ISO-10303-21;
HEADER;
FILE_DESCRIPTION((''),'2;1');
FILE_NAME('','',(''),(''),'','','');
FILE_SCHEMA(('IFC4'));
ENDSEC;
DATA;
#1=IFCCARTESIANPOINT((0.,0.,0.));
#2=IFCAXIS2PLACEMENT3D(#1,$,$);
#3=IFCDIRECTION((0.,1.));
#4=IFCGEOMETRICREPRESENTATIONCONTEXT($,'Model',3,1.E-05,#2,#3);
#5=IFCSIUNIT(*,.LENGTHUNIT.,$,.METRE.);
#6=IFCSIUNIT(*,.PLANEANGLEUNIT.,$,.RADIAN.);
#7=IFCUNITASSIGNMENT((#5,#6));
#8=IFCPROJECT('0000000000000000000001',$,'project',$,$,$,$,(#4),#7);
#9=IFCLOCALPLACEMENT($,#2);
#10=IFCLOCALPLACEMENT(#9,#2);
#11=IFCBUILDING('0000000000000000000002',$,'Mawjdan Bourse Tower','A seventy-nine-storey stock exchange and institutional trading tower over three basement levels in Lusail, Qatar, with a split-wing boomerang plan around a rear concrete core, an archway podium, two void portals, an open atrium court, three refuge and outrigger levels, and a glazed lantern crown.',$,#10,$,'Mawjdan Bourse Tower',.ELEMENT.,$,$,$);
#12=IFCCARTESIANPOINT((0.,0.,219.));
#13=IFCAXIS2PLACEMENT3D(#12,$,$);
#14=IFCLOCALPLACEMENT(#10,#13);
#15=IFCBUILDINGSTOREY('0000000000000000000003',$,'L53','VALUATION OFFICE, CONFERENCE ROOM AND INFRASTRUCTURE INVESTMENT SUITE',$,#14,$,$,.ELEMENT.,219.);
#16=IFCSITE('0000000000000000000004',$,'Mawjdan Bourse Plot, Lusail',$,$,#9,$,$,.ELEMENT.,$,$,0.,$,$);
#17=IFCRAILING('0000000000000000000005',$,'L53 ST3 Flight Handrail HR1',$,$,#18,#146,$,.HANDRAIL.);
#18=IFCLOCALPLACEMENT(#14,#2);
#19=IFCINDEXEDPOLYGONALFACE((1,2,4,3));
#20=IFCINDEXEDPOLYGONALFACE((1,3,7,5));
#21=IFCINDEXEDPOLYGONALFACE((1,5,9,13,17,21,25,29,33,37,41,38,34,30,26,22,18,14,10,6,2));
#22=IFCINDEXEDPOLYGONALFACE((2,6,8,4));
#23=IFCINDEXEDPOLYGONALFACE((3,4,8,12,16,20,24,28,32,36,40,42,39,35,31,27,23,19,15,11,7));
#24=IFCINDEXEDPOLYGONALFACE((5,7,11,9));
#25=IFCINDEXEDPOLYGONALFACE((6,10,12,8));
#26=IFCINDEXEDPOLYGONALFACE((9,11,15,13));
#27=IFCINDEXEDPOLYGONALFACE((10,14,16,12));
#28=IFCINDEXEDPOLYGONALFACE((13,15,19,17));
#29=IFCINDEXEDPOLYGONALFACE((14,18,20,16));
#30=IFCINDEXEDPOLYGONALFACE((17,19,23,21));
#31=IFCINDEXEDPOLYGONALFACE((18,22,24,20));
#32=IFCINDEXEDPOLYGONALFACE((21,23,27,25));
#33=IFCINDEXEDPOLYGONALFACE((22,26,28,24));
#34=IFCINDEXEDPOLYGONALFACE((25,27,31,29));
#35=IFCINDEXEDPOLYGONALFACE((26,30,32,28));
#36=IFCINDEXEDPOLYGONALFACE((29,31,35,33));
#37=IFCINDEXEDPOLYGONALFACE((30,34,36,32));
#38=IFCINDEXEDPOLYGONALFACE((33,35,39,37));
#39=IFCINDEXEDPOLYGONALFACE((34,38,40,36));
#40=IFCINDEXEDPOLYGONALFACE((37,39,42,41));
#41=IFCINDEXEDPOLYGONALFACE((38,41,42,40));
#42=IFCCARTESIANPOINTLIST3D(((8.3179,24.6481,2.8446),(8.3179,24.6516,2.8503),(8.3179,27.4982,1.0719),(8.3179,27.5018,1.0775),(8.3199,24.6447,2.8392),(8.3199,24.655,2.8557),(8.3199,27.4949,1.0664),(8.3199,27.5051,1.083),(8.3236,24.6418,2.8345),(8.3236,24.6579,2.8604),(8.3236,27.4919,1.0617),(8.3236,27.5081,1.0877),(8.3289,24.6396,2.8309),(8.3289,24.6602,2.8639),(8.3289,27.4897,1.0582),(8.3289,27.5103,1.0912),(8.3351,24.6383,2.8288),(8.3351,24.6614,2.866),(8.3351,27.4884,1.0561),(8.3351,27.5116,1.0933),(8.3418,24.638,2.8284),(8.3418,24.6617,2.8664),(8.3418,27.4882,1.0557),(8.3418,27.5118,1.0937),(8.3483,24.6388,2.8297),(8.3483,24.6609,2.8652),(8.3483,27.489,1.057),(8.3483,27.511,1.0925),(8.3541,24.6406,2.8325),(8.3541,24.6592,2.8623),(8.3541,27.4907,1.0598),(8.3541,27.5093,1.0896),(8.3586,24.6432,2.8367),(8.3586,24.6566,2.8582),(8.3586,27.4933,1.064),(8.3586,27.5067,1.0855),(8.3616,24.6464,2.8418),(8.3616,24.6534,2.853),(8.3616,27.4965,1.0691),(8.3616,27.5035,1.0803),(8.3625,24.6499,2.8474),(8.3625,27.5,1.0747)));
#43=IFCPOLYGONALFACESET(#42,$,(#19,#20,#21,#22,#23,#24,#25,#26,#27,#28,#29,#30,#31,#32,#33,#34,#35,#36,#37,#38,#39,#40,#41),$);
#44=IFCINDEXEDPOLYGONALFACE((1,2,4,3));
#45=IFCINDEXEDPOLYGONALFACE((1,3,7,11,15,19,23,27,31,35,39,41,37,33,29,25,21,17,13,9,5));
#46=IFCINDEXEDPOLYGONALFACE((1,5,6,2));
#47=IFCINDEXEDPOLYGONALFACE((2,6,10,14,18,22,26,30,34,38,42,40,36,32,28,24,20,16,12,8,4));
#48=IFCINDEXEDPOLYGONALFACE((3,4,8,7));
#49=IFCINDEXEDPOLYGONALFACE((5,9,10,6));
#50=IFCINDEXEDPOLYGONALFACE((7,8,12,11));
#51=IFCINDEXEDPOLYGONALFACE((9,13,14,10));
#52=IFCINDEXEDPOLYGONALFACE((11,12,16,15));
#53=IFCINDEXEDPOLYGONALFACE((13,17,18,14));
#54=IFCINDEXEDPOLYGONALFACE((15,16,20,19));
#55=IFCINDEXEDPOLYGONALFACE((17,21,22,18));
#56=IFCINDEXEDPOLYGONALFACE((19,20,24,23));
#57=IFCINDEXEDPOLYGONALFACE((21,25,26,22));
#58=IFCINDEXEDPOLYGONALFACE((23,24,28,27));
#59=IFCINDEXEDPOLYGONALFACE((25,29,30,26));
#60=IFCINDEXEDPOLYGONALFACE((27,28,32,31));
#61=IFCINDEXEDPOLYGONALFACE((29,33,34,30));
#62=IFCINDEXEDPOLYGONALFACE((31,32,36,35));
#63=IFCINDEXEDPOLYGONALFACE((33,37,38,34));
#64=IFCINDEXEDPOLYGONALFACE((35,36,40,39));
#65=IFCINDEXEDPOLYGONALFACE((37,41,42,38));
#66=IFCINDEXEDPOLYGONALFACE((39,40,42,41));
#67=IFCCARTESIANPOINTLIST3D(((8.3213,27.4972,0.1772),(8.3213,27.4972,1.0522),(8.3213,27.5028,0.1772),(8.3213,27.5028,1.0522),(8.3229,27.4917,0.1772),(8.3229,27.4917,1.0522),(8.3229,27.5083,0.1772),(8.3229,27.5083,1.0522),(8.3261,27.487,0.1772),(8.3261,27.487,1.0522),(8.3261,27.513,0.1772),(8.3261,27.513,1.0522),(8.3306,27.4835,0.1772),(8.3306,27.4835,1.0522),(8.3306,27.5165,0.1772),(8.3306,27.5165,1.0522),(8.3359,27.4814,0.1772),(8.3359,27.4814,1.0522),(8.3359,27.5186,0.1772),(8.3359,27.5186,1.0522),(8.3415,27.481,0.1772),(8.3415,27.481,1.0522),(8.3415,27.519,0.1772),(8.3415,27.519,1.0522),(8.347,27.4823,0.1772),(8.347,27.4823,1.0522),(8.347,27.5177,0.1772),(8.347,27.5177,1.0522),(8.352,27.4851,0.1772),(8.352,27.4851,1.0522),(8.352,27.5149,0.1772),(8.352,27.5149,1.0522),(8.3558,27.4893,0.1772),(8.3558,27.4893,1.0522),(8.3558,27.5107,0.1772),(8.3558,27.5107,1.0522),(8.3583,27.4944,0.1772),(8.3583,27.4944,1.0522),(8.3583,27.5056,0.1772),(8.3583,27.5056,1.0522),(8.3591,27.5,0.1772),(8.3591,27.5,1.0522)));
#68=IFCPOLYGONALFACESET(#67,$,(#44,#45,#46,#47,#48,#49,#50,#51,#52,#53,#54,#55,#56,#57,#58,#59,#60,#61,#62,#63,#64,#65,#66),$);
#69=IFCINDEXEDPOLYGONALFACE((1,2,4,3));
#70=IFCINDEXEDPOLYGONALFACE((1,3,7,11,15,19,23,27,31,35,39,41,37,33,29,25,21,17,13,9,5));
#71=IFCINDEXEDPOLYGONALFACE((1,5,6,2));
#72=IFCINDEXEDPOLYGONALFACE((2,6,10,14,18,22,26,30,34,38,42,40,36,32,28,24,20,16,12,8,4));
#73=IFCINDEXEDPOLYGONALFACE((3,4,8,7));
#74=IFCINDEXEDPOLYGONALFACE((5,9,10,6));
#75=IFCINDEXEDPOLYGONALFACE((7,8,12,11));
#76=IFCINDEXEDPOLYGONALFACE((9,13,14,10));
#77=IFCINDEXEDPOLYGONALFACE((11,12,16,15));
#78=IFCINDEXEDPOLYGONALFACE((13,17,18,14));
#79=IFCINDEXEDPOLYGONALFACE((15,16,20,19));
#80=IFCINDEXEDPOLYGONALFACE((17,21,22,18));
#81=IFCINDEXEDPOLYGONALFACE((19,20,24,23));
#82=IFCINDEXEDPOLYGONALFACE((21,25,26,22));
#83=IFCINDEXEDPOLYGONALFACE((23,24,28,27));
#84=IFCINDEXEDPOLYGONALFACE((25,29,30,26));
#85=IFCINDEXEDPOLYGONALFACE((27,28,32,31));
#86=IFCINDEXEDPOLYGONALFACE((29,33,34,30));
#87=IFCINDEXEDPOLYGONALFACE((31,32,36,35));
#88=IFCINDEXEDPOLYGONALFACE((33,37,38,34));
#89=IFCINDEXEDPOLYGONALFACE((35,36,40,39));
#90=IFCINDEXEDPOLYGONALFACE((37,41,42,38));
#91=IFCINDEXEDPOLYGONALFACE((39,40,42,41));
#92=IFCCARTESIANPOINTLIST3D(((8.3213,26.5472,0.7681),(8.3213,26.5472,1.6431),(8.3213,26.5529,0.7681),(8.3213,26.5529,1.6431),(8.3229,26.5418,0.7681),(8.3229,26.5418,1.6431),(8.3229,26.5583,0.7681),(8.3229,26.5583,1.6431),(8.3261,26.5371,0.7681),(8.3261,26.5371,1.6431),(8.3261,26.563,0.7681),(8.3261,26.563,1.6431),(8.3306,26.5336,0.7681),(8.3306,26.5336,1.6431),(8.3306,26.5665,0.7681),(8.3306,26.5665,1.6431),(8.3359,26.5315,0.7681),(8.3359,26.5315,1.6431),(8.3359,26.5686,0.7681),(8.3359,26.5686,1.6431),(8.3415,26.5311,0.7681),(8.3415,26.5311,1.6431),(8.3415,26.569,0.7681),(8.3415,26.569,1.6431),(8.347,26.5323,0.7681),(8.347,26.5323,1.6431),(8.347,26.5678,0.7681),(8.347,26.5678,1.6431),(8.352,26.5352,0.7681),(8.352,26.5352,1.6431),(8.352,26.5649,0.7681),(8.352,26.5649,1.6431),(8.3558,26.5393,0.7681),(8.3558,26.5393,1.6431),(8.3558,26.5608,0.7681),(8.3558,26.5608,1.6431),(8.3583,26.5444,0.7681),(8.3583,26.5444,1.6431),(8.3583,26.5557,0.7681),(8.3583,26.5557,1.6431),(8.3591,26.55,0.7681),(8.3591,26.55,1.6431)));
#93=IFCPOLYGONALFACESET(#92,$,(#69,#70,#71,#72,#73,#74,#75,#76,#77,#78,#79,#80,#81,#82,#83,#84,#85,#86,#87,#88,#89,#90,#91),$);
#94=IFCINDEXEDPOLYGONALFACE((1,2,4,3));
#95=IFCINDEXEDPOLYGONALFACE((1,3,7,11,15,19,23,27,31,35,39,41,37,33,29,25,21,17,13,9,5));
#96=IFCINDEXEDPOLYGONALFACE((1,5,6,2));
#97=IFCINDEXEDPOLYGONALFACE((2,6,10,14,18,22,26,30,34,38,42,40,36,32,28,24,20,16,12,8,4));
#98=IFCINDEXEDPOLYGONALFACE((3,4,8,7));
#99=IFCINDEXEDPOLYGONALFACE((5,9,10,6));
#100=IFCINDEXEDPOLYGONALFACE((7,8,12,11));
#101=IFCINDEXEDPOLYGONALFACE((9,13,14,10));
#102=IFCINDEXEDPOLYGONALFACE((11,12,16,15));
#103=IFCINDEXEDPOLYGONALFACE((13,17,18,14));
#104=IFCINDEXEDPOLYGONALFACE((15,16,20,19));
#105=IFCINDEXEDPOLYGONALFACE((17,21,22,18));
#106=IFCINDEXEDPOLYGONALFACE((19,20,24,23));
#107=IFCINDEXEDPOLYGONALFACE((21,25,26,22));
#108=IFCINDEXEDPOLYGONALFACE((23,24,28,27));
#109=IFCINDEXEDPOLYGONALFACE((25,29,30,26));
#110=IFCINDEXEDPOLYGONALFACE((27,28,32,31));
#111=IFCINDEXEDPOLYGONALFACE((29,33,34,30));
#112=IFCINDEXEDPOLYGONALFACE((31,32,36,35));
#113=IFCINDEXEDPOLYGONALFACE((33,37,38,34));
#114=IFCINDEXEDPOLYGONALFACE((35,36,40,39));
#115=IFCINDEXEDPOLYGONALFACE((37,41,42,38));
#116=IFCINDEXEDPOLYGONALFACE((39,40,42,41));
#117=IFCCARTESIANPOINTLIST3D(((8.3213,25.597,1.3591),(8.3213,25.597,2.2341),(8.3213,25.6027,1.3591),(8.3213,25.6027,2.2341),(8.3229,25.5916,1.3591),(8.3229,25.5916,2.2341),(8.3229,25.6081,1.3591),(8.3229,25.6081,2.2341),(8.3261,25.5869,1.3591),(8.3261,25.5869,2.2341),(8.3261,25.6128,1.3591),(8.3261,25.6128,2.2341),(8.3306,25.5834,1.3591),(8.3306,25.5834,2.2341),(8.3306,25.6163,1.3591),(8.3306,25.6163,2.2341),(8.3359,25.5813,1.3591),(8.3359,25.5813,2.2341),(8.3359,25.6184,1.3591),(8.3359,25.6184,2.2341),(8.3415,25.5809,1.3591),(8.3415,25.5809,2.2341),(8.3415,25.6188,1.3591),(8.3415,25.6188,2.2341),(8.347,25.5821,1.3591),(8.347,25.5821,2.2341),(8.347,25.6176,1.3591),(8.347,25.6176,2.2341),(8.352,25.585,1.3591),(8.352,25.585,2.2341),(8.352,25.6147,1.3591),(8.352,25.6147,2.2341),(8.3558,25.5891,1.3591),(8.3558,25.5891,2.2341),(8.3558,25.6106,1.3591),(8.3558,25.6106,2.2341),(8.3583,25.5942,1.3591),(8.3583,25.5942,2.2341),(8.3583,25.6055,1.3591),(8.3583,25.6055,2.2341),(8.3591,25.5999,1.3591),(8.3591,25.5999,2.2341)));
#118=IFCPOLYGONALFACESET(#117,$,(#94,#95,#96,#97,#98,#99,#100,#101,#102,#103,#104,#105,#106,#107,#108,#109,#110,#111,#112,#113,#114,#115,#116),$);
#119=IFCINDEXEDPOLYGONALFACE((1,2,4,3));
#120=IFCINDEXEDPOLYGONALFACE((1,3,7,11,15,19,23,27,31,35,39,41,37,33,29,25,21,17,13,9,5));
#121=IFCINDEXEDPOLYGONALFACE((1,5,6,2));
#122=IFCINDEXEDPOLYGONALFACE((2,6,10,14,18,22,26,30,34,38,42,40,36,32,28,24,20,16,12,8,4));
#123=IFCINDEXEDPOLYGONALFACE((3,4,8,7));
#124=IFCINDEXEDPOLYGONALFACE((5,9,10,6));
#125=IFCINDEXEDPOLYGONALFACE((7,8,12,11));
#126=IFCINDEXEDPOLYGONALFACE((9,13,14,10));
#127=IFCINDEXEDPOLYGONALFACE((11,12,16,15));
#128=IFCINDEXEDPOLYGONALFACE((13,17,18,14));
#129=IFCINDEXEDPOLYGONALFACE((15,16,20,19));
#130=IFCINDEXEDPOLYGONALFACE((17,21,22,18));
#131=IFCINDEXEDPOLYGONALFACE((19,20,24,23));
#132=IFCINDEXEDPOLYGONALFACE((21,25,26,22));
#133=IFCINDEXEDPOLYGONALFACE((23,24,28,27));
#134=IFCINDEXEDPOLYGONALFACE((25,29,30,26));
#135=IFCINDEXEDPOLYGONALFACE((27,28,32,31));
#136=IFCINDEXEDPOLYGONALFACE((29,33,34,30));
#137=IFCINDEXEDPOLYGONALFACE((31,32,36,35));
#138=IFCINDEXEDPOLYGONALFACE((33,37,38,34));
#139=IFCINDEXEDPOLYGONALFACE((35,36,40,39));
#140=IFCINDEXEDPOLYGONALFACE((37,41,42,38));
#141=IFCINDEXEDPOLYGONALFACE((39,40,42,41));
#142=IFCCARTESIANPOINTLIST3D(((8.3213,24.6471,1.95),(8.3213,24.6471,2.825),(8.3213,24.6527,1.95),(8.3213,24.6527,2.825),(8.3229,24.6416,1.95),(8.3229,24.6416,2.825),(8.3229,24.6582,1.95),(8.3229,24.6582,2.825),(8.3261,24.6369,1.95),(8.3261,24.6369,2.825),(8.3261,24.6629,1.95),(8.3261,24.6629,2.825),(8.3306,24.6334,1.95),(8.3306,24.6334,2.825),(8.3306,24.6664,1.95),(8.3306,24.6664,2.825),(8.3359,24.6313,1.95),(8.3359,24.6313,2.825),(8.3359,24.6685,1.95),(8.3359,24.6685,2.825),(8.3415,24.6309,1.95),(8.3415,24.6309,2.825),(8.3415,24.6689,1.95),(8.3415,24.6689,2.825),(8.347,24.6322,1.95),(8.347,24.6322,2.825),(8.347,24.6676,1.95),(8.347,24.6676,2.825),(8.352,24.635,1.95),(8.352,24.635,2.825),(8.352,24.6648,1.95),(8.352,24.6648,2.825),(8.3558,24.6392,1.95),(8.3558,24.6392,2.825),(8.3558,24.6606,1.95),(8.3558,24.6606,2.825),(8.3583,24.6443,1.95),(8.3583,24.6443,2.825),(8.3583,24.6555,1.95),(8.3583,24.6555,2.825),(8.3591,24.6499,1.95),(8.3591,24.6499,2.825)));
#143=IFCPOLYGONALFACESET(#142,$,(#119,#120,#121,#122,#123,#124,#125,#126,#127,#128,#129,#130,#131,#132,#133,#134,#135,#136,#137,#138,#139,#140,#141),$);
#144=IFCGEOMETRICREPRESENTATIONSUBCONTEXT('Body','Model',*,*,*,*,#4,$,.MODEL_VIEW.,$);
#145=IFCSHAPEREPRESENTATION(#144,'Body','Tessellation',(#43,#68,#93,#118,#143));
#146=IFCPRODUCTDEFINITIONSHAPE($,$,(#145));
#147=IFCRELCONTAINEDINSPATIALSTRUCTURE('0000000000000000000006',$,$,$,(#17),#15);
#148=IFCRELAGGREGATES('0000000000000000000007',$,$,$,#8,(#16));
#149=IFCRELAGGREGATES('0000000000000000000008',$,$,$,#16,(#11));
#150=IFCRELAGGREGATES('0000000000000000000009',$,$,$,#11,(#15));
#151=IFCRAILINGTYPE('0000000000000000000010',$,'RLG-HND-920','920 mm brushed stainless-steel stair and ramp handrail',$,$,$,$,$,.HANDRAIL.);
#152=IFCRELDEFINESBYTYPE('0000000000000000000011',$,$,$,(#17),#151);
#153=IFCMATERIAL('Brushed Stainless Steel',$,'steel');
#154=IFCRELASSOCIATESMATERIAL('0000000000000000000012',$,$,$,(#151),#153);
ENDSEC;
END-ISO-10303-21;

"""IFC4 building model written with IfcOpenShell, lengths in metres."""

from ifc_helpers import new_model, si_unit, direction, frame, origin, origin_2d, place, context, subcontext, project, spatial, circle, extrude, material, type_object, element, save


model = new_model("IFC4")

# Units and contexts
model_context = context("Model", 3, precision=1e-05, world=origin(), true_north=direction((0.0, 1.0)))
body_context = subcontext(model_context, "Body", "Model", "MODEL_VIEW")
ifc_project = project(units=[si_unit("LENGTHUNIT", "METRE"), si_unit("PLANEANGLEUNIT", "RADIAN")], contexts=[model_context])

# Site, building, storey
site_placement = place(None, origin())
site = spatial("IfcSite", under=ifc_project, at=site_placement, Name="Mawjdan Bourse Plot, Lusail", CompositionType="ELEMENT", RefElevation=0.0)
building_placement = place(site_placement, origin())
building = spatial("IfcBuilding", under=site, at=building_placement, Name="Mawjdan Bourse Tower", Description="A seventy-nine-storey stock exchange and institutional trading tower over three basement levels in Lusail, Qatar, with a split-wing boomerang plan around a rear concrete core, an archway podium, two void portals, an open atrium court, three refuge and outrigger levels, and a glazed lantern crown.", LongName="Mawjdan Bourse Tower", CompositionType="ELEMENT")
storey_placement = place(building_placement, frame((0.0, 0.0, 219.0)))
storey = spatial("IfcBuildingStorey", under=building, at=storey_placement, Name="L53", Description="VALUATION OFFICE, CONFERENCE ROOM AND INFRASTRUCTURE INVESTMENT SUITE", CompositionType="ELEMENT", Elevation=219.0)

# Railing
ifc_material_1 = material(Name="Brushed Stainless Steel", Category="steel")
railing_type = type_object("IfcRailingType", Name="RLG-HND-920", Description="920 mm brushed stainless-steel stair and ramp handrail", PredefinedType="HANDRAIL", material=ifc_material_1)
railing_placement = place(storey_placement, frame((8.3401, 27.5, 0.1772)))
element("IfcRailing", 1, at=railing_placement, inside=storey, type_object=railing_type, Name="L53 ST3 Flight Handrail HR1", PredefinedType="HANDRAIL", context=body_context, shape_type="SweptSolid", body=[
    extrude(circle(Radius=0.0225, at=origin_2d()), frame((0.0, 0.0, 0.8975), z_axis=(0.0, -0.849149, 0.528154), x_axis=(1.0, 0.0, 0.0)), (0.0, 0.0, 1.0), 3.3564),
    extrude(circle(Radius=0.019, at=origin_2d()), origin(), (0.0, 0.0, 1.0), 0.875),
    extrude(circle(Radius=0.019, at=origin_2d()), frame((0.0, -0.95, 0.5908)), (0.0, 0.0, 1.0), 0.875),
    extrude(circle(Radius=0.019, at=origin_2d()), frame((0.0, -1.9001, 1.1819)), (0.0, 0.0, 1.0), 0.875),
    extrude(circle(Radius=0.019, at=origin_2d()), frame((0.0, -2.8501, 1.7727)), (0.0, 0.0, 1.0), 0.875),
])

save(model, "model.ifc")
